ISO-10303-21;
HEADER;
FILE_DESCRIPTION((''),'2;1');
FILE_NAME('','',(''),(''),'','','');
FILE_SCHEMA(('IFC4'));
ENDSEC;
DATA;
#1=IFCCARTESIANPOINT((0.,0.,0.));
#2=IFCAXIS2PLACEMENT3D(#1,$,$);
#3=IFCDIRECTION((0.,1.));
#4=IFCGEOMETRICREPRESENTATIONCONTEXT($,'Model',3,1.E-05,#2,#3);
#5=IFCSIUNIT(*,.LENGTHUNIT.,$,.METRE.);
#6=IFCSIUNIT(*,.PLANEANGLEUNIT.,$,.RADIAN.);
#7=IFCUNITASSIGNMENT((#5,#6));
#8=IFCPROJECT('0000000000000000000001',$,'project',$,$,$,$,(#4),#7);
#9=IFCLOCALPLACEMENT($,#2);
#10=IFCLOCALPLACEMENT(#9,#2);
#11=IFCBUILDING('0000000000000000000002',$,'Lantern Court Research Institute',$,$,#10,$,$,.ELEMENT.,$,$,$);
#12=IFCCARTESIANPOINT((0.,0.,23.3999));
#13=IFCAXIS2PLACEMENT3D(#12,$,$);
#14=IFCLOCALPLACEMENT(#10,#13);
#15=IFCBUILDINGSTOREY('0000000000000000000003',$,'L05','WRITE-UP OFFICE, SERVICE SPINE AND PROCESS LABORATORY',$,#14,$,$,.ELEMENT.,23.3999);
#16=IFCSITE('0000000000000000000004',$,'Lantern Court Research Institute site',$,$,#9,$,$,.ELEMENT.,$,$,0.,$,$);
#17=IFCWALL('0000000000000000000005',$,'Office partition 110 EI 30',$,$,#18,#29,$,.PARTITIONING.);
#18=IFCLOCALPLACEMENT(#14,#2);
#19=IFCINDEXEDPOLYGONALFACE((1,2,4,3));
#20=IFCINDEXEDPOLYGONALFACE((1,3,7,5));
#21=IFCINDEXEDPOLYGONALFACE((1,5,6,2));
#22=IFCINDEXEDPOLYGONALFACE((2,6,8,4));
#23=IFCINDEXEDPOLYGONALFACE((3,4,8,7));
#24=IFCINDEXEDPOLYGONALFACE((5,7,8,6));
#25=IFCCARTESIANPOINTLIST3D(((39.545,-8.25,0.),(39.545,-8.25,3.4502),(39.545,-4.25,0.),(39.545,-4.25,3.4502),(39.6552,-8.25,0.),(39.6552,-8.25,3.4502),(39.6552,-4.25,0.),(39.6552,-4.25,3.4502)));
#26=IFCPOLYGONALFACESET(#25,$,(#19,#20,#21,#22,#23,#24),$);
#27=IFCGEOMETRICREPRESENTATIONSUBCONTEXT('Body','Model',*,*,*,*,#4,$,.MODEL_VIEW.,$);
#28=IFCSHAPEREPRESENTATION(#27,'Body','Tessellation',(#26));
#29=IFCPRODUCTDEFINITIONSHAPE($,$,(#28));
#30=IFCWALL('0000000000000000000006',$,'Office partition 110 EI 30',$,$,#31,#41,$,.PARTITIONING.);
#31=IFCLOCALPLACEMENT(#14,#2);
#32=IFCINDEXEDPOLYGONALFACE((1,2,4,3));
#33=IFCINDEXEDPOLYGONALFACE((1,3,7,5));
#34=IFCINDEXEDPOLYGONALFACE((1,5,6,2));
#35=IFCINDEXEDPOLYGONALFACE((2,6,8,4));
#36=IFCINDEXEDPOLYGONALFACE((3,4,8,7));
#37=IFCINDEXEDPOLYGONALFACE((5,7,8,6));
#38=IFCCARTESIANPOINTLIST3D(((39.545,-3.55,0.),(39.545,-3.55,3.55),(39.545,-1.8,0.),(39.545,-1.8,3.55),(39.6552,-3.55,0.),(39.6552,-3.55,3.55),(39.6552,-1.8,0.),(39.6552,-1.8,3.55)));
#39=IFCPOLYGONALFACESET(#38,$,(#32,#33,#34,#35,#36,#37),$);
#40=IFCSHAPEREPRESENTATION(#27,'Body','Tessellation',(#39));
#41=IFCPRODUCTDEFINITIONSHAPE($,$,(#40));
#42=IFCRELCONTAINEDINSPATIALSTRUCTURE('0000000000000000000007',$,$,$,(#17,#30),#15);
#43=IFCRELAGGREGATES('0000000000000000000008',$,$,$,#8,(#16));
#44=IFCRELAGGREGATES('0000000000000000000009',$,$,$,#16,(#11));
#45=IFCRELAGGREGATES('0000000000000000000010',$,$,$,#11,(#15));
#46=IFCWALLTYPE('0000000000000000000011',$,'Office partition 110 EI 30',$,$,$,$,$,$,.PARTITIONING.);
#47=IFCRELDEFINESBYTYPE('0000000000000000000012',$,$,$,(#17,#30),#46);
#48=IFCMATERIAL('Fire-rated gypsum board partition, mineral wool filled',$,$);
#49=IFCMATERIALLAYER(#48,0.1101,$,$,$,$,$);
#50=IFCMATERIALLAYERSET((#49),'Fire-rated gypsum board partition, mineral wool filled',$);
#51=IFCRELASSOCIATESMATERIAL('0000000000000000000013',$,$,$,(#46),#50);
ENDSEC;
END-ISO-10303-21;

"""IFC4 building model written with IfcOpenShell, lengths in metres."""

from ifc_helpers import new_model, si_unit, direction, frame, frame_2d, origin, place, context, subcontext, project, spatial, rectangle, extrude, material, layer, layer_set, type_object, element, save


model = new_model("IFC4")

# Units and contexts
model_context = context("Model", 3, precision=1e-05, world=origin(), true_north=direction((0.0, 1.0)))
body_context = subcontext(model_context, "Body", "Model", "MODEL_VIEW")
ifc_project = project(units=[si_unit("LENGTHUNIT", "METRE"), si_unit("PLANEANGLEUNIT", "RADIAN")], contexts=[model_context])

# Site, building, storey
site_placement = place(None, origin())
site = spatial("IfcSite", under=ifc_project, at=site_placement, Name="Lantern Court Research Institute site", CompositionType="ELEMENT", RefElevation=0.0)
building_placement = place(site_placement, origin())
building = spatial("IfcBuilding", under=site, at=building_placement, Name="Lantern Court Research Institute", CompositionType="ELEMENT")
storey_placement = place(building_placement, frame((0.0, 0.0, 23.3999)))
storey = spatial("IfcBuildingStorey", under=building, at=storey_placement, Name="L05", Description="WRITE-UP OFFICE, SERVICE SPINE AND PROCESS LABORATORY", CompositionType="ELEMENT", Elevation=23.3999)

# Walls
ifc_material_1 = material(Name="Fire-rated gypsum board partition, mineral wool filled")
ifc_layer_1 = layer(ifc_material_1, 0.1101)
ifc_layer_set_1 = layer_set([ifc_layer_1], Name="Fire-rated gypsum board partition, mineral wool filled")
wall_type_1 = type_object("IfcWallType", Name="Office partition 110 EI 30", PredefinedType="PARTITIONING", material=ifc_layer_set_1)
wall_1_placement = place(storey_placement, frame((39.6001, -8.25, 0.0), z_axis=(0.0, 0.0, 1.0), x_axis=(0.0, 1.0, 0.0)))
element("IfcWall", 1, at=wall_1_placement, inside=storey, type_object=wall_type_1, Name="Office partition 110 EI 30", PredefinedType="PARTITIONING", context=body_context, shape_type="SweptSolid", body=[
    extrude(rectangle(XDim=4.0, YDim=0.1101, at=frame_2d((2.0, 0.0))), origin(), (0.0, 0.0, 1.0), 3.4502),
])
wall_2_placement = place(storey_placement, frame((39.6001, -3.55, 0.0), z_axis=(0.0, 0.0, 1.0), x_axis=(0.0, 1.0, 0.0)))
element("IfcWall", 2, at=wall_2_placement, inside=storey, type_object=wall_type_1, Name="Office partition 110 EI 30", PredefinedType="PARTITIONING", context=body_context, shape_type="SweptSolid", body=[
    extrude(rectangle(XDim=1.75, YDim=0.1101, at=frame_2d((0.875, 0.0))), origin(), (0.0, 0.0, 1.0), 3.55),
])

save(model, "model.ifc")
